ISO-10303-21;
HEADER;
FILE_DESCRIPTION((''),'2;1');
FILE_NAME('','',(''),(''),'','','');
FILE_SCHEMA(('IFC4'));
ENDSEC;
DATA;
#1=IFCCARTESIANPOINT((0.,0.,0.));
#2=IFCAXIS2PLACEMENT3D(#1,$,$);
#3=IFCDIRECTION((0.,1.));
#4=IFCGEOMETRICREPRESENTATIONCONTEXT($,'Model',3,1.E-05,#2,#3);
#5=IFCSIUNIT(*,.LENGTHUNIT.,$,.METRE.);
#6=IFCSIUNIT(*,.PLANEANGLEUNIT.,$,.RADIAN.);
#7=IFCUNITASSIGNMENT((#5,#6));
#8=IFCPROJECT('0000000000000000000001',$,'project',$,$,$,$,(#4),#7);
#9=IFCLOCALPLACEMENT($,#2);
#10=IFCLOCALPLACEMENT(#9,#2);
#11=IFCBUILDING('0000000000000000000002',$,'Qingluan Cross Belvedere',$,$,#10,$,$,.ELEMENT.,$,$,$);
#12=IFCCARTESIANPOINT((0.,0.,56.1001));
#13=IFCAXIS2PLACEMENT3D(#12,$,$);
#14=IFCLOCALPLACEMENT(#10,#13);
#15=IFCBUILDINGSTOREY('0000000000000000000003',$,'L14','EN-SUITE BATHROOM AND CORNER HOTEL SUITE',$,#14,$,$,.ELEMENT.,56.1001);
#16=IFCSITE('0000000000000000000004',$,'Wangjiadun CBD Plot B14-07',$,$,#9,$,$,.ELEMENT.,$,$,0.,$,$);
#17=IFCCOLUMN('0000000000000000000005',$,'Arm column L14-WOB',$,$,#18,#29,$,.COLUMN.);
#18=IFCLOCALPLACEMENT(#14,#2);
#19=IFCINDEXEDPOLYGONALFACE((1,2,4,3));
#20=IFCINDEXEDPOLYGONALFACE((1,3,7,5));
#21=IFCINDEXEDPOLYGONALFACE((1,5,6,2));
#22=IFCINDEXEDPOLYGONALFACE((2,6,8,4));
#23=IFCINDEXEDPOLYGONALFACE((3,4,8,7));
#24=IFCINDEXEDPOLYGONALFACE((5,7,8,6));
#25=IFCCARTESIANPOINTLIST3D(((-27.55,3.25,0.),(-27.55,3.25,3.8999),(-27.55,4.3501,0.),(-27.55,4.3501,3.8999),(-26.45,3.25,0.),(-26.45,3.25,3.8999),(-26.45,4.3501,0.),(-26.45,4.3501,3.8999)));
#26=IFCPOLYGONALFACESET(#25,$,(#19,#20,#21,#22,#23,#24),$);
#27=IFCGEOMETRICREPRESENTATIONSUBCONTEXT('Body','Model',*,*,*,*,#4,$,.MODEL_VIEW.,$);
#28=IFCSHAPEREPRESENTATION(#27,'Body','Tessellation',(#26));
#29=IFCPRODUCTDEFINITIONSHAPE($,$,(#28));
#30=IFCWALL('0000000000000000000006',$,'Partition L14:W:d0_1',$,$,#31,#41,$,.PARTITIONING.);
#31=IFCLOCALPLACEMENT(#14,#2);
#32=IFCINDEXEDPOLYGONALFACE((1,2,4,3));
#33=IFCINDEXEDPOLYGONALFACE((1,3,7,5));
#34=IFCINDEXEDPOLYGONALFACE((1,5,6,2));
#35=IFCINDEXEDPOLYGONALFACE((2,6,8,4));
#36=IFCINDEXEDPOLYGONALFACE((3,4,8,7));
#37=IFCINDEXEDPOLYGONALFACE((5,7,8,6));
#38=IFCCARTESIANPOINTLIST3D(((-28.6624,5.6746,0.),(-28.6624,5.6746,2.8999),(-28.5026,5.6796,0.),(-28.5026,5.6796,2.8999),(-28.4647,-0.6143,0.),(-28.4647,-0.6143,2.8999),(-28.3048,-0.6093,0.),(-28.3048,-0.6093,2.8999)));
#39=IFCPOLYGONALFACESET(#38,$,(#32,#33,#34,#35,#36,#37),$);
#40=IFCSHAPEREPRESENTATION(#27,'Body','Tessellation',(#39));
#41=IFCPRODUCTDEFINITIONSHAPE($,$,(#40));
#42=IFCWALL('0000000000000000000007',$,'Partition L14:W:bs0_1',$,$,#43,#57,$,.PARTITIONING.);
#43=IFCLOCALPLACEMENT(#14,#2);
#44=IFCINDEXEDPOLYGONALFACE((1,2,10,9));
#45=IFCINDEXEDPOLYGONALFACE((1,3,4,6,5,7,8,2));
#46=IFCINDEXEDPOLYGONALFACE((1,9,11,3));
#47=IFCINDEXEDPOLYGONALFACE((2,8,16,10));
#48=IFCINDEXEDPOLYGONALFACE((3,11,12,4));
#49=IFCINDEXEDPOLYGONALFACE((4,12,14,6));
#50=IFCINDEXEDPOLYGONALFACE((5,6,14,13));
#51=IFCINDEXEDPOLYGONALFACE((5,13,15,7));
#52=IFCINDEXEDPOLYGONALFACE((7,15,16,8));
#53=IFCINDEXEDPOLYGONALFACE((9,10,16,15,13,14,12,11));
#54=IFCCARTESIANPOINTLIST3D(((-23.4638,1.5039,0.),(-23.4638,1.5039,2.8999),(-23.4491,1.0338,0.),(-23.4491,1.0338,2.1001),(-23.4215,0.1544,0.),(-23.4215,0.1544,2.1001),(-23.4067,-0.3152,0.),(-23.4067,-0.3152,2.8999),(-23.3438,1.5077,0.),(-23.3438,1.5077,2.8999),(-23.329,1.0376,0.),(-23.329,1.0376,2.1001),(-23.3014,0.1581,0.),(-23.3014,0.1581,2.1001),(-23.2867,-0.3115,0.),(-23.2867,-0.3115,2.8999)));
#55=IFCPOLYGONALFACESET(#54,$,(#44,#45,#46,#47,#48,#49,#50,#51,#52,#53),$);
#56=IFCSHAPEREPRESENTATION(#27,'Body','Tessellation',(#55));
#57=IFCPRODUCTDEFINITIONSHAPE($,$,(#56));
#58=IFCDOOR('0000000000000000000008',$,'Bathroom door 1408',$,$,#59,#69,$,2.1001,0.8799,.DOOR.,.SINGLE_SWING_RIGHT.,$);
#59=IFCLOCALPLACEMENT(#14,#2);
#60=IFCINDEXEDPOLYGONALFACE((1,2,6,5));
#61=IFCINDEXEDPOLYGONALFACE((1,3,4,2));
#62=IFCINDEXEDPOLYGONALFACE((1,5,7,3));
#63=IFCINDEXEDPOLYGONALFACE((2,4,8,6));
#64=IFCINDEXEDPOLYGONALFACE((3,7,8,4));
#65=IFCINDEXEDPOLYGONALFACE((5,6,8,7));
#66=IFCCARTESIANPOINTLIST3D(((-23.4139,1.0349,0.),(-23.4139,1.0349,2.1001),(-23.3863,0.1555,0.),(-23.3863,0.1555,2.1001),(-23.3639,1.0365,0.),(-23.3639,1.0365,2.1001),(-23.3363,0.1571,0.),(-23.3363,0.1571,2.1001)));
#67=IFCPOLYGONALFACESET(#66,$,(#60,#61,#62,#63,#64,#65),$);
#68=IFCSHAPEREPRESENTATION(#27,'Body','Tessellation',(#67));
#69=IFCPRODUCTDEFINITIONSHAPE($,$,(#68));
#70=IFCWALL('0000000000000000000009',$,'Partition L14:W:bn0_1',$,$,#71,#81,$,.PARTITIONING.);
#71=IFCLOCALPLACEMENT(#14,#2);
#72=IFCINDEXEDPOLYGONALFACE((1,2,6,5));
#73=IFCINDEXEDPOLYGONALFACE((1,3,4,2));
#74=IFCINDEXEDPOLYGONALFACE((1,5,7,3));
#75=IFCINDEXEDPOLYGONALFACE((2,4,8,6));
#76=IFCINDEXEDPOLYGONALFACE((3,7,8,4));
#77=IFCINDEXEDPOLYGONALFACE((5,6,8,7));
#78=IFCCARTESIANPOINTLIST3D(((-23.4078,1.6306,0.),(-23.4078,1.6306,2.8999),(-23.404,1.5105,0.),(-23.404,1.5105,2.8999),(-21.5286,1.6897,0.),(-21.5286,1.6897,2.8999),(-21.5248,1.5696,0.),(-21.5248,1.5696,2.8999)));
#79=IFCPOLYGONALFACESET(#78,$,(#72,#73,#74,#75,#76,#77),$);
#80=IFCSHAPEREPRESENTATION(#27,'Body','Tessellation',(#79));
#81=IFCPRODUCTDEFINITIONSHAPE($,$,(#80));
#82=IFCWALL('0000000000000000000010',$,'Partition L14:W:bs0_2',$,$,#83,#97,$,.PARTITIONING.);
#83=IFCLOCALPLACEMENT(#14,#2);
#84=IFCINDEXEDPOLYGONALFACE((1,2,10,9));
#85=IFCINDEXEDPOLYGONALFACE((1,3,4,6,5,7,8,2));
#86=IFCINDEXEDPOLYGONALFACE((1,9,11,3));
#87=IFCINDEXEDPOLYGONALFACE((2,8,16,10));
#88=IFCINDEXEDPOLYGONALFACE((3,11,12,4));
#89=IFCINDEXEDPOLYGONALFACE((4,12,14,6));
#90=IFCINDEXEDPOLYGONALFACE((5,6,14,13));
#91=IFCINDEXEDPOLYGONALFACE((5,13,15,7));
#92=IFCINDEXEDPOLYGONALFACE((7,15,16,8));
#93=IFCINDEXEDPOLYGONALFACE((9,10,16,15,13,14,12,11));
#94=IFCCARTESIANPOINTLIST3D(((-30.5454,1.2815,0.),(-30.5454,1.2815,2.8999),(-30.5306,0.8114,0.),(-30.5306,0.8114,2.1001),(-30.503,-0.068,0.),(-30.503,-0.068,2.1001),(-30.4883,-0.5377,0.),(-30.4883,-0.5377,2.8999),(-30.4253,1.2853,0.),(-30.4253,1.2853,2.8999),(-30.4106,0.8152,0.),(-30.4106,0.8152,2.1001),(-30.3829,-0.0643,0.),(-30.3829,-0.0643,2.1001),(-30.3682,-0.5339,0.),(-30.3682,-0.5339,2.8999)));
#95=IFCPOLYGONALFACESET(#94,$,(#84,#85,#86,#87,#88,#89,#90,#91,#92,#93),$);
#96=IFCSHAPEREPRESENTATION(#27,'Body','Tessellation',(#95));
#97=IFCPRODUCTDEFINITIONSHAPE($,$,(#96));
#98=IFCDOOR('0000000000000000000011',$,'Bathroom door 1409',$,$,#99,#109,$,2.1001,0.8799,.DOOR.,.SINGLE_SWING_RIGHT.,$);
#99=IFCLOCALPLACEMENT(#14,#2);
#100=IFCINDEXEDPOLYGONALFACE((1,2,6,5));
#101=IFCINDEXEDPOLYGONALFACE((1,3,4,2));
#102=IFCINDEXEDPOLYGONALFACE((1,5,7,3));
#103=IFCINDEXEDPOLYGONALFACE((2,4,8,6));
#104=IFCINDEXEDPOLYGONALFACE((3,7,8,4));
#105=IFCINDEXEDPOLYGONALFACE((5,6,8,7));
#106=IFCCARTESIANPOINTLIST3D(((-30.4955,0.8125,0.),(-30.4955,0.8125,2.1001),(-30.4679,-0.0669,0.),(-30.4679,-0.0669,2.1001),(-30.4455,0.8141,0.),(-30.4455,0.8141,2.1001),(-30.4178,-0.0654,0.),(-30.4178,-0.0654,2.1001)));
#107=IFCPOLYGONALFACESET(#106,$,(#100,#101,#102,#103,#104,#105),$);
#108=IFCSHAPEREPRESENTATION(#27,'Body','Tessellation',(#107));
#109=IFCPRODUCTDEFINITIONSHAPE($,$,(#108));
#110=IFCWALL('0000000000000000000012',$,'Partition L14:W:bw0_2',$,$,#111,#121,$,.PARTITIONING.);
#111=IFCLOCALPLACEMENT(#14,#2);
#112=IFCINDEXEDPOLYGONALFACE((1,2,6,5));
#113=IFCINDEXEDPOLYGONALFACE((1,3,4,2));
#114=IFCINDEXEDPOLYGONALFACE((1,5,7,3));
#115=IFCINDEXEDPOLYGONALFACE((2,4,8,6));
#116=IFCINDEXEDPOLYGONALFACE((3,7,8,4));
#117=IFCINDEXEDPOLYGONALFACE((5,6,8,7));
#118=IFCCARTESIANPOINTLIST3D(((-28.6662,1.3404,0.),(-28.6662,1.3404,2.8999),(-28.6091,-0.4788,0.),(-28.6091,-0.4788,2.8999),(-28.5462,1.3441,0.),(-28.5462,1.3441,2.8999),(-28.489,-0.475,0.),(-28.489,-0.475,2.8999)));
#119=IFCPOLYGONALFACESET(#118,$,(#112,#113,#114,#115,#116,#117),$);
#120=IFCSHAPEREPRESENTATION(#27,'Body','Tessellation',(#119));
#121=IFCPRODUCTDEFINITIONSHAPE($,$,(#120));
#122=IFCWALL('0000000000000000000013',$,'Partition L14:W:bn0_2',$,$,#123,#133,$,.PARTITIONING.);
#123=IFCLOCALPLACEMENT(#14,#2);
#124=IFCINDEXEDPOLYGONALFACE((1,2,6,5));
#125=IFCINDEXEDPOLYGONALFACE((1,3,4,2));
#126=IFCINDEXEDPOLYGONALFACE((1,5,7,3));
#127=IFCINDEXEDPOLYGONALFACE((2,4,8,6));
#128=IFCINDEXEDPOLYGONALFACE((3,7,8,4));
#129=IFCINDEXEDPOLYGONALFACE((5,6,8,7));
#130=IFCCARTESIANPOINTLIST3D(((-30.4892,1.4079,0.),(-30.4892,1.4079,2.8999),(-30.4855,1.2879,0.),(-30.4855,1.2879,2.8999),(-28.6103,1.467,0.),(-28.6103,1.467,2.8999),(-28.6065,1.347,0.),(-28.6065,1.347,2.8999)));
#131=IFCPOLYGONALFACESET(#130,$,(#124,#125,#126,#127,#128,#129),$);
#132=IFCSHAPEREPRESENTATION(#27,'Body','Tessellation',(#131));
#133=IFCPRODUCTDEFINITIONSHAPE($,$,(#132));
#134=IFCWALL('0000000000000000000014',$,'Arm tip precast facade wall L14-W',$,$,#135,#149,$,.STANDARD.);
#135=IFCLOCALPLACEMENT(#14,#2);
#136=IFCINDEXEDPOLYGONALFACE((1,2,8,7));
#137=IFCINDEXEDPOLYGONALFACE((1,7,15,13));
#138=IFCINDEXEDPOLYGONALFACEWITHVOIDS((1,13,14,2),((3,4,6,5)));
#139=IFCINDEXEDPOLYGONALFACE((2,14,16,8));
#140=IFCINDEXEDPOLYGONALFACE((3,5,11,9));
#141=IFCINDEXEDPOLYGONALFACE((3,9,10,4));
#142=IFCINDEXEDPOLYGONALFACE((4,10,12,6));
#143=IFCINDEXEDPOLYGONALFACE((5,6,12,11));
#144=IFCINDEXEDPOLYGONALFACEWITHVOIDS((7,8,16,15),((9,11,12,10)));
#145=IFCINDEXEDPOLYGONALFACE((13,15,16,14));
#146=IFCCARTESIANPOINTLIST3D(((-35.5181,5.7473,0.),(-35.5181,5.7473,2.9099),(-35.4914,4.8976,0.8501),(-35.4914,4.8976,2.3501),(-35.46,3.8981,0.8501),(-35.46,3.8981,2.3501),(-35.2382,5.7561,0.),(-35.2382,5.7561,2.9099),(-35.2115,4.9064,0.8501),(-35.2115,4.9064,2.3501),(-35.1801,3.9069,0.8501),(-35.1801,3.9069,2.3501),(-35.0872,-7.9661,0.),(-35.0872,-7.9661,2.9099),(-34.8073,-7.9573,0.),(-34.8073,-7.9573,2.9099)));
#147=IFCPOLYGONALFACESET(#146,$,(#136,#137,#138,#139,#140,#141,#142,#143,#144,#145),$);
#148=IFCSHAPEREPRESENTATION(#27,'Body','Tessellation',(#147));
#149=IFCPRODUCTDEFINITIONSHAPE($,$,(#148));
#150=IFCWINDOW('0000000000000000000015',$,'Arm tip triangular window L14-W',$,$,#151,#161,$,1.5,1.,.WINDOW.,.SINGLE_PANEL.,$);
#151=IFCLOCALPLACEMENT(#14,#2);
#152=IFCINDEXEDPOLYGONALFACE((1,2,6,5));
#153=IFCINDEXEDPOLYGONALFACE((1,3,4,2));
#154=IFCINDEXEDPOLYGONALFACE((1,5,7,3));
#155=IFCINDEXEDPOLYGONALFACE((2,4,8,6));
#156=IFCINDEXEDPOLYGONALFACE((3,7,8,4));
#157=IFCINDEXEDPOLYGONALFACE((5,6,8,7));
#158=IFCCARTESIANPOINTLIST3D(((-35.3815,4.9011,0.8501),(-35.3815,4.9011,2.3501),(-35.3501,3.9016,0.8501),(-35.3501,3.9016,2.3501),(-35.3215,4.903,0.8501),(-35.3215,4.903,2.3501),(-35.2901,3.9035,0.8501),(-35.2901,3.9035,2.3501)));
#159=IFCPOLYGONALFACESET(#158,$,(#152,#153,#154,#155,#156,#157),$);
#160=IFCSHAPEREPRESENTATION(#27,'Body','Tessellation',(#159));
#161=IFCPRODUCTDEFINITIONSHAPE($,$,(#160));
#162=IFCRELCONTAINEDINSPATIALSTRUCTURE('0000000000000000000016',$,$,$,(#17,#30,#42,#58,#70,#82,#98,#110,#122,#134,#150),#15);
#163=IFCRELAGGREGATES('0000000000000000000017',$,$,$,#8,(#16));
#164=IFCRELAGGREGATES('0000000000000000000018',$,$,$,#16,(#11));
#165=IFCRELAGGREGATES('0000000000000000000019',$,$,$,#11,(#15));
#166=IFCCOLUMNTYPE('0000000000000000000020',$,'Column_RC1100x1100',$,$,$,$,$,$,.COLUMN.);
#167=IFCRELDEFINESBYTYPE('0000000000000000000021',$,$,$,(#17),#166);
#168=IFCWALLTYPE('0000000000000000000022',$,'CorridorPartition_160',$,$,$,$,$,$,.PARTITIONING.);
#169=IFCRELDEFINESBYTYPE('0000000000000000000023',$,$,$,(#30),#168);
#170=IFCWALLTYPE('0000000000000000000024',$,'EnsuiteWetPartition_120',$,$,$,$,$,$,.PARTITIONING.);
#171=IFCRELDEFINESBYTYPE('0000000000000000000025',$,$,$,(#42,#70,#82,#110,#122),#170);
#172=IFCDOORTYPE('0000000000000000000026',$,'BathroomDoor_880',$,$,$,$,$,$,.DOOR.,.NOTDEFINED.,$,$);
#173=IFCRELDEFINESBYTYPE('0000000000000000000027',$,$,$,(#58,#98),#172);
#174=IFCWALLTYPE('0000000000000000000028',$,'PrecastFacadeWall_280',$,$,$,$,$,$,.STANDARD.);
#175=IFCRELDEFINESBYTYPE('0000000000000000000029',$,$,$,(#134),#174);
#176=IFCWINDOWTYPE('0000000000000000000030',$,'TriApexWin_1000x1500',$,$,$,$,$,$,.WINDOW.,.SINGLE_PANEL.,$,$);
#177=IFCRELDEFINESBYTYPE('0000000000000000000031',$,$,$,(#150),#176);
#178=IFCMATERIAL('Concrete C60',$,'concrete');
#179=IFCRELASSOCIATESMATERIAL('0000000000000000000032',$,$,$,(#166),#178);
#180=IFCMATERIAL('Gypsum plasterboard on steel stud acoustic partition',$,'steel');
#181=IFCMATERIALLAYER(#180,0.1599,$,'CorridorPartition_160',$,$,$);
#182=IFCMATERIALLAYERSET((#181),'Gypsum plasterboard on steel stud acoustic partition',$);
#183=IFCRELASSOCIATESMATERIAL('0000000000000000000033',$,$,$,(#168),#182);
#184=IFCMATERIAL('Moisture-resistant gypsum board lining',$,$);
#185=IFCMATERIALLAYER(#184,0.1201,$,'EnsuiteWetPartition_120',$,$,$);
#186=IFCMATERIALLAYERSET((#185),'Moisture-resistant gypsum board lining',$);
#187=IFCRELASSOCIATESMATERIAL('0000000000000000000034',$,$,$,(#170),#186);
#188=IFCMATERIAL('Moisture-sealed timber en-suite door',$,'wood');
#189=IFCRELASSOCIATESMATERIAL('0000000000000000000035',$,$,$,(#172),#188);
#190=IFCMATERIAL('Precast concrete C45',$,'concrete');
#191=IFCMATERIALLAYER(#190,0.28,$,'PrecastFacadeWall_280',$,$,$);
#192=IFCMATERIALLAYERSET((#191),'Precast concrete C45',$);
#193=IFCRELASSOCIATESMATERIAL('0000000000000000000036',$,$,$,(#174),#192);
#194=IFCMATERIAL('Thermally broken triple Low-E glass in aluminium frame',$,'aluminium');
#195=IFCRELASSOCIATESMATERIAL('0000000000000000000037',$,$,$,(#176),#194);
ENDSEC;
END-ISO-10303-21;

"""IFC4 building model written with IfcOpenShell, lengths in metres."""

from ifc_helpers import new_model, si_unit, direction, frame, frame_2d, origin, origin_2d, place, context, subcontext, project, spatial, rectangle, extrude, material, layer, layer_set, material_profile, profile_set, type_object, element, fill, save


model = new_model("IFC4")

# Units and contexts
model_context = context("Model", 3, precision=1e-05, world=origin(), true_north=direction((0.0, 1.0)))
body_context = subcontext(model_context, "Body", "Model", "MODEL_VIEW")
ifc_project = project(units=[si_unit("LENGTHUNIT", "METRE"), si_unit("PLANEANGLEUNIT", "RADIAN")], contexts=[model_context])

# Site, building, storey
site_placement = place(None, origin())
site = spatial("IfcSite", under=ifc_project, at=site_placement, Name="Wangjiadun CBD Plot B14-07", CompositionType="ELEMENT", RefElevation=0.0)
building_placement = place(site_placement, origin())
building = spatial("IfcBuilding", under=site, at=building_placement, Name="Qingluan Cross Belvedere", CompositionType="ELEMENT")
storey_placement = place(building_placement, frame((0.0, 0.0, 56.1001)))
storey = spatial("IfcBuildingStorey", under=building, at=storey_placement, Name="L14", Description="EN-SUITE BATHROOM AND CORNER HOTEL SUITE", CompositionType="ELEMENT", Elevation=56.1001)

# Column
ifc_material_1 = material(Name="Concrete C60", Category="concrete")
ifc_material_profile = material_profile(ifc_material_1, rectangle(XDim=1.1001, YDim=1.1001, at=origin_2d()), Name="RC1100x1100")
ifc_profile_set = profile_set([ifc_material_profile], Name="Concrete C60")
column_type = type_object("IfcColumnType", Name="Column_RC1100x1100", PredefinedType="COLUMN", material=ifc_profile_set)
column_placement = place(storey_placement, frame((-27.0, 3.8, 0.0), z_axis=(0.0, 0.0, 1.0), x_axis=(1.0, 0.0, 0.0)))
element("IfcColumn", 1, at=column_placement, inside=storey, type_object=column_type, Name="Arm column L14-WOB", PredefinedType="COLUMN", context=body_context, shape_type="SweptSolid", body=[
    extrude(rectangle(XDim=1.1001, YDim=1.1001, at=origin_2d()), origin(), (0.0, 0.0, 1.0), 3.8999),
])

# Wall
ifc_material_2 = material(Name="Gypsum plasterboard on steel stud acoustic partition", Category="steel")
ifc_layer_1 = layer(ifc_material_2, 0.1599, Name="CorridorPartition_160")
ifc_layer_set_1 = layer_set([ifc_layer_1], Name="Gypsum plasterboard on steel stud acoustic partition")
wall_type_1 = type_object("IfcWallType", Name="CorridorPartition_160", PredefinedType="PARTITIONING", material=ifc_layer_set_1)
wall_1_placement = place(storey_placement, frame((-28.3848, -0.6118, 0.0), z_axis=(0.0, 0.0, 1.0), x_axis=(-0.03143, 0.999506, 0.0)))
element("IfcWall", 2, at=wall_1_placement, inside=storey, type_object=wall_type_1, Name="Partition L14:W:d0_1", PredefinedType="PARTITIONING", context=body_context, shape_type="SweptSolid", body=[
    extrude(rectangle(XDim=6.292, YDim=0.1599, at=frame_2d((3.146, 0.0))), origin(), (0.0, 0.0, 1.0), 2.8999),
])

# Wall, opening, door
ifc_material_3 = material(Name="Moisture-resistant gypsum board lining")
ifc_layer_2 = layer(ifc_material_3, 0.1201, Name="EnsuiteWetPartition_120")
ifc_layer_set_2 = layer_set([ifc_layer_2], Name="Moisture-resistant gypsum board lining")
wall_type_2 = type_object("IfcWallType", Name="EnsuiteWetPartition_120", PredefinedType="PARTITIONING", material=ifc_layer_set_2)
wall_2_placement = place(storey_placement, frame((-23.3467, -0.3135, 0.0), z_axis=(0.0, 0.0, 1.0), x_axis=(-0.03139, 0.999507, 0.0)))
wall_2 = element("IfcWall", 3, at=wall_2_placement, inside=storey, type_object=wall_type_2, Name="Partition L14:W:bs0_1", PredefinedType="PARTITIONING", context=body_context, shape_type="SweptSolid", body=[
    extrude(rectangle(XDim=1.8201, YDim=0.1201, at=frame_2d((0.9102, 0.0))), origin(), (0.0, 0.0, 1.0), 2.8999),
])
opening_1_placement = place(wall_2_placement, frame((0.47, 0.0, 0.0)))
opening_1 = element("IfcOpeningElement", 4, at=opening_1_placement, cuts=wall_2, PredefinedType="OPENING", context=body_context, shape_type="SweptSolid", body=[
    extrude(rectangle(XDim=0.8799, YDim=2.1001, at=frame_2d((0.4399, 1.05))), frame((0.0, 0.0701, 0.0), z_axis=(0.0, -1.0, 0.0), x_axis=(1.0, 0.0, 0.0)), (0.0, 0.0, 1.0), 0.1401),
])
ifc_material_4 = material(Name="Moisture-sealed timber en-suite door", Category="wood")
door_type = type_object("IfcDoorType", Name="BathroomDoor_880", OperationType="NOTDEFINED", PredefinedType="DOOR", material=ifc_material_4)
door_1_placement = place(opening_1_placement, origin())
door_1 = element("IfcDoor", 5, at=door_1_placement, inside=storey, type_object=door_type, Name="Bathroom door 1408", OperationType="SINGLE_SWING_RIGHT", OverallHeight=2.1001, OverallWidth=0.8799, PredefinedType="DOOR", context=body_context, shape_type="SweptSolid", body=[
    extrude(rectangle(XDim=0.8799, YDim=2.1001, at=frame_2d((0.4399, 1.05))), frame((0.0, 0.0249, 0.0), z_axis=(0.0, -1.0, 0.0), x_axis=(1.0, 0.0, 0.0)), (0.0, 0.0, 1.0), 0.05),
])
fill(opening_1, door_1)

# Wall
wall_3_placement = place(storey_placement, frame((-21.5269, 1.6296, 0.0), z_axis=(0.0, 0.0, 1.0), x_axis=(-0.999506, -0.031425, 0.0)))
element("IfcWall", 6, at=wall_3_placement, inside=storey, type_object=wall_type_2, Name="Partition L14:W:bn0_1", PredefinedType="PARTITIONING", context=body_context, shape_type="SweptSolid", body=[
    extrude(rectangle(XDim=1.8801, YDim=0.1201, at=frame_2d((0.9399, 0.0))), origin(), (0.0, 0.0, 1.0), 2.8999),
])

# Wall, opening, door
wall_4_placement = place(storey_placement, frame((-30.4282, -0.5359, 0.0), z_axis=(0.0, 0.0, 1.0), x_axis=(-0.03139, 0.999507, 0.0)))
wall_4 = element("IfcWall", 7, at=wall_4_placement, inside=storey, type_object=wall_type_2, Name="Partition L14:W:bs0_2", PredefinedType="PARTITIONING", context=body_context, shape_type="SweptSolid", body=[
    extrude(rectangle(XDim=1.8201, YDim=0.1201, at=frame_2d((0.9102, 0.0))), origin(), (0.0, 0.0, 1.0), 2.8999),
])
opening_2_placement = place(wall_4_placement, frame((0.47, 0.0, 0.0)))
opening_2 = element("IfcOpeningElement", 8, at=opening_2_placement, cuts=wall_4, PredefinedType="OPENING", context=body_context, shape_type="SweptSolid", body=[
    extrude(rectangle(XDim=0.8799, YDim=2.1001, at=frame_2d((0.4399, 1.05))), frame((0.0, 0.0701, 0.0), z_axis=(0.0, -1.0, 0.0), x_axis=(1.0, 0.0, 0.0)), (0.0, 0.0, 1.0), 0.1401),
])
door_2_placement = place(opening_2_placement, origin())
door_2 = element("IfcDoor", 9, at=door_2_placement, inside=storey, type_object=door_type, Name="Bathroom door 1409", OperationType="SINGLE_SWING_RIGHT", OverallHeight=2.1001, OverallWidth=0.8799, PredefinedType="DOOR", context=body_context, shape_type="SweptSolid", body=[
    extrude(rectangle(XDim=0.8799, YDim=2.1001, at=frame_2d((0.4399, 1.05))), frame((0.0, 0.0249, 0.0), z_axis=(0.0, -1.0, 0.0), x_axis=(1.0, 0.0, 0.0)), (0.0, 0.0, 1.0), 0.05),
])
fill(opening_2, door_2)

# Walls
wall_5_placement = place(storey_placement, frame((-28.5491, -0.4771, 0.0), z_axis=(0.0, 0.0, 1.0), x_axis=(-0.03139, 0.999507, 0.0)))
element("IfcWall", 10, at=wall_5_placement, inside=storey, type_object=wall_type_2, Name="Partition L14:W:bw0_2", PredefinedType="PARTITIONING", context=body_context, shape_type="SweptSolid", body=[
    extrude(rectangle(XDim=1.8201, YDim=0.1201, at=frame_2d((0.9102, 0.0))), origin(), (0.0, 0.0, 1.0), 2.8999),
])
wall_6_placement = place(storey_placement, frame((-28.6084, 1.407, 0.0), z_axis=(0.0, 0.0, 1.0), x_axis=(-0.999506, -0.031429, 0.0)))
element("IfcWall", 11, at=wall_6_placement, inside=storey, type_object=wall_type_2, Name="Partition L14:W:bn0_2", PredefinedType="PARTITIONING", context=body_context, shape_type="SweptSolid", body=[
    extrude(rectangle(XDim=1.8799, YDim=0.1201, at=frame_2d((0.9399, 0.0))), origin(), (0.0, 0.0, 1.0), 2.8999),
])

# Wall, opening, window
ifc_material_5 = material(Name="Precast concrete C45", Category="concrete")
ifc_layer_3 = layer(ifc_material_5, 0.28, Name="PrecastFacadeWall_280")
ifc_layer_set_3 = layer_set([ifc_layer_3], Name="Precast concrete C45")
wall_type_3 = type_object("IfcWallType", Name="PrecastFacadeWall_280", PredefinedType="STANDARD", material=ifc_layer_set_3)
wall_7_placement = place(storey_placement, frame((-35.3782, 5.7517, 0.0), z_axis=(0.0, 0.0, 1.0), x_axis=(0.031407, -0.999507, 0.0)))
wall_7 = element("IfcWall", 12, at=wall_7_placement, inside=storey, type_object=wall_type_3, Name="Arm tip precast facade wall L14-W", PredefinedType="STANDARD", context=body_context, shape_type="SweptSolid", body=[
    extrude(rectangle(XDim=13.7202, YDim=0.28, at=frame_2d((6.8601, 0.0))), origin(), (0.0, 0.0, 1.0), 2.9099),
])
opening_3_placement = place(wall_7_placement, frame((0.8501, 0.0, 0.8501)))
opening_3 = element("IfcOpeningElement", 13, at=opening_3_placement, cuts=wall_7, PredefinedType="OPENING", context=body_context, shape_type="SweptSolid", body=[
    extrude(rectangle(XDim=1.0, YDim=1.5, at=frame_2d((0.5, 0.75))), frame((0.0, 0.1499, 0.0), z_axis=(0.0, -1.0, 0.0), x_axis=(1.0, 0.0, 0.0)), (0.0, 0.0, 1.0), 0.3),
])
ifc_material_6 = material(Name="Thermally broken triple Low-E glass in aluminium frame", Category="aluminium")
window_type = type_object("IfcWindowType", Name="TriApexWin_1000x1500", PartitioningType="SINGLE_PANEL", PredefinedType="WINDOW", material=ifc_material_6)
window_placement = place(opening_3_placement, origin())
window = element("IfcWindow", 14, at=window_placement, inside=storey, type_object=window_type, Name="Arm tip triangular window L14-W", OverallHeight=1.5, OverallWidth=1.0, PartitioningType="SINGLE_PANEL", PredefinedType="WINDOW", context=body_context, shape_type="SweptSolid", body=[
    extrude(rectangle(XDim=1.0, YDim=1.5, at=frame_2d((0.5, 0.75))), frame((0.0, 0.03, 0.0), z_axis=(0.0, -1.0, 0.0), x_axis=(1.0, 0.0, 0.0)), (0.0, 0.0, 1.0), 0.0601),
])
fill(opening_3, window)

save(model, "model.ifc")
